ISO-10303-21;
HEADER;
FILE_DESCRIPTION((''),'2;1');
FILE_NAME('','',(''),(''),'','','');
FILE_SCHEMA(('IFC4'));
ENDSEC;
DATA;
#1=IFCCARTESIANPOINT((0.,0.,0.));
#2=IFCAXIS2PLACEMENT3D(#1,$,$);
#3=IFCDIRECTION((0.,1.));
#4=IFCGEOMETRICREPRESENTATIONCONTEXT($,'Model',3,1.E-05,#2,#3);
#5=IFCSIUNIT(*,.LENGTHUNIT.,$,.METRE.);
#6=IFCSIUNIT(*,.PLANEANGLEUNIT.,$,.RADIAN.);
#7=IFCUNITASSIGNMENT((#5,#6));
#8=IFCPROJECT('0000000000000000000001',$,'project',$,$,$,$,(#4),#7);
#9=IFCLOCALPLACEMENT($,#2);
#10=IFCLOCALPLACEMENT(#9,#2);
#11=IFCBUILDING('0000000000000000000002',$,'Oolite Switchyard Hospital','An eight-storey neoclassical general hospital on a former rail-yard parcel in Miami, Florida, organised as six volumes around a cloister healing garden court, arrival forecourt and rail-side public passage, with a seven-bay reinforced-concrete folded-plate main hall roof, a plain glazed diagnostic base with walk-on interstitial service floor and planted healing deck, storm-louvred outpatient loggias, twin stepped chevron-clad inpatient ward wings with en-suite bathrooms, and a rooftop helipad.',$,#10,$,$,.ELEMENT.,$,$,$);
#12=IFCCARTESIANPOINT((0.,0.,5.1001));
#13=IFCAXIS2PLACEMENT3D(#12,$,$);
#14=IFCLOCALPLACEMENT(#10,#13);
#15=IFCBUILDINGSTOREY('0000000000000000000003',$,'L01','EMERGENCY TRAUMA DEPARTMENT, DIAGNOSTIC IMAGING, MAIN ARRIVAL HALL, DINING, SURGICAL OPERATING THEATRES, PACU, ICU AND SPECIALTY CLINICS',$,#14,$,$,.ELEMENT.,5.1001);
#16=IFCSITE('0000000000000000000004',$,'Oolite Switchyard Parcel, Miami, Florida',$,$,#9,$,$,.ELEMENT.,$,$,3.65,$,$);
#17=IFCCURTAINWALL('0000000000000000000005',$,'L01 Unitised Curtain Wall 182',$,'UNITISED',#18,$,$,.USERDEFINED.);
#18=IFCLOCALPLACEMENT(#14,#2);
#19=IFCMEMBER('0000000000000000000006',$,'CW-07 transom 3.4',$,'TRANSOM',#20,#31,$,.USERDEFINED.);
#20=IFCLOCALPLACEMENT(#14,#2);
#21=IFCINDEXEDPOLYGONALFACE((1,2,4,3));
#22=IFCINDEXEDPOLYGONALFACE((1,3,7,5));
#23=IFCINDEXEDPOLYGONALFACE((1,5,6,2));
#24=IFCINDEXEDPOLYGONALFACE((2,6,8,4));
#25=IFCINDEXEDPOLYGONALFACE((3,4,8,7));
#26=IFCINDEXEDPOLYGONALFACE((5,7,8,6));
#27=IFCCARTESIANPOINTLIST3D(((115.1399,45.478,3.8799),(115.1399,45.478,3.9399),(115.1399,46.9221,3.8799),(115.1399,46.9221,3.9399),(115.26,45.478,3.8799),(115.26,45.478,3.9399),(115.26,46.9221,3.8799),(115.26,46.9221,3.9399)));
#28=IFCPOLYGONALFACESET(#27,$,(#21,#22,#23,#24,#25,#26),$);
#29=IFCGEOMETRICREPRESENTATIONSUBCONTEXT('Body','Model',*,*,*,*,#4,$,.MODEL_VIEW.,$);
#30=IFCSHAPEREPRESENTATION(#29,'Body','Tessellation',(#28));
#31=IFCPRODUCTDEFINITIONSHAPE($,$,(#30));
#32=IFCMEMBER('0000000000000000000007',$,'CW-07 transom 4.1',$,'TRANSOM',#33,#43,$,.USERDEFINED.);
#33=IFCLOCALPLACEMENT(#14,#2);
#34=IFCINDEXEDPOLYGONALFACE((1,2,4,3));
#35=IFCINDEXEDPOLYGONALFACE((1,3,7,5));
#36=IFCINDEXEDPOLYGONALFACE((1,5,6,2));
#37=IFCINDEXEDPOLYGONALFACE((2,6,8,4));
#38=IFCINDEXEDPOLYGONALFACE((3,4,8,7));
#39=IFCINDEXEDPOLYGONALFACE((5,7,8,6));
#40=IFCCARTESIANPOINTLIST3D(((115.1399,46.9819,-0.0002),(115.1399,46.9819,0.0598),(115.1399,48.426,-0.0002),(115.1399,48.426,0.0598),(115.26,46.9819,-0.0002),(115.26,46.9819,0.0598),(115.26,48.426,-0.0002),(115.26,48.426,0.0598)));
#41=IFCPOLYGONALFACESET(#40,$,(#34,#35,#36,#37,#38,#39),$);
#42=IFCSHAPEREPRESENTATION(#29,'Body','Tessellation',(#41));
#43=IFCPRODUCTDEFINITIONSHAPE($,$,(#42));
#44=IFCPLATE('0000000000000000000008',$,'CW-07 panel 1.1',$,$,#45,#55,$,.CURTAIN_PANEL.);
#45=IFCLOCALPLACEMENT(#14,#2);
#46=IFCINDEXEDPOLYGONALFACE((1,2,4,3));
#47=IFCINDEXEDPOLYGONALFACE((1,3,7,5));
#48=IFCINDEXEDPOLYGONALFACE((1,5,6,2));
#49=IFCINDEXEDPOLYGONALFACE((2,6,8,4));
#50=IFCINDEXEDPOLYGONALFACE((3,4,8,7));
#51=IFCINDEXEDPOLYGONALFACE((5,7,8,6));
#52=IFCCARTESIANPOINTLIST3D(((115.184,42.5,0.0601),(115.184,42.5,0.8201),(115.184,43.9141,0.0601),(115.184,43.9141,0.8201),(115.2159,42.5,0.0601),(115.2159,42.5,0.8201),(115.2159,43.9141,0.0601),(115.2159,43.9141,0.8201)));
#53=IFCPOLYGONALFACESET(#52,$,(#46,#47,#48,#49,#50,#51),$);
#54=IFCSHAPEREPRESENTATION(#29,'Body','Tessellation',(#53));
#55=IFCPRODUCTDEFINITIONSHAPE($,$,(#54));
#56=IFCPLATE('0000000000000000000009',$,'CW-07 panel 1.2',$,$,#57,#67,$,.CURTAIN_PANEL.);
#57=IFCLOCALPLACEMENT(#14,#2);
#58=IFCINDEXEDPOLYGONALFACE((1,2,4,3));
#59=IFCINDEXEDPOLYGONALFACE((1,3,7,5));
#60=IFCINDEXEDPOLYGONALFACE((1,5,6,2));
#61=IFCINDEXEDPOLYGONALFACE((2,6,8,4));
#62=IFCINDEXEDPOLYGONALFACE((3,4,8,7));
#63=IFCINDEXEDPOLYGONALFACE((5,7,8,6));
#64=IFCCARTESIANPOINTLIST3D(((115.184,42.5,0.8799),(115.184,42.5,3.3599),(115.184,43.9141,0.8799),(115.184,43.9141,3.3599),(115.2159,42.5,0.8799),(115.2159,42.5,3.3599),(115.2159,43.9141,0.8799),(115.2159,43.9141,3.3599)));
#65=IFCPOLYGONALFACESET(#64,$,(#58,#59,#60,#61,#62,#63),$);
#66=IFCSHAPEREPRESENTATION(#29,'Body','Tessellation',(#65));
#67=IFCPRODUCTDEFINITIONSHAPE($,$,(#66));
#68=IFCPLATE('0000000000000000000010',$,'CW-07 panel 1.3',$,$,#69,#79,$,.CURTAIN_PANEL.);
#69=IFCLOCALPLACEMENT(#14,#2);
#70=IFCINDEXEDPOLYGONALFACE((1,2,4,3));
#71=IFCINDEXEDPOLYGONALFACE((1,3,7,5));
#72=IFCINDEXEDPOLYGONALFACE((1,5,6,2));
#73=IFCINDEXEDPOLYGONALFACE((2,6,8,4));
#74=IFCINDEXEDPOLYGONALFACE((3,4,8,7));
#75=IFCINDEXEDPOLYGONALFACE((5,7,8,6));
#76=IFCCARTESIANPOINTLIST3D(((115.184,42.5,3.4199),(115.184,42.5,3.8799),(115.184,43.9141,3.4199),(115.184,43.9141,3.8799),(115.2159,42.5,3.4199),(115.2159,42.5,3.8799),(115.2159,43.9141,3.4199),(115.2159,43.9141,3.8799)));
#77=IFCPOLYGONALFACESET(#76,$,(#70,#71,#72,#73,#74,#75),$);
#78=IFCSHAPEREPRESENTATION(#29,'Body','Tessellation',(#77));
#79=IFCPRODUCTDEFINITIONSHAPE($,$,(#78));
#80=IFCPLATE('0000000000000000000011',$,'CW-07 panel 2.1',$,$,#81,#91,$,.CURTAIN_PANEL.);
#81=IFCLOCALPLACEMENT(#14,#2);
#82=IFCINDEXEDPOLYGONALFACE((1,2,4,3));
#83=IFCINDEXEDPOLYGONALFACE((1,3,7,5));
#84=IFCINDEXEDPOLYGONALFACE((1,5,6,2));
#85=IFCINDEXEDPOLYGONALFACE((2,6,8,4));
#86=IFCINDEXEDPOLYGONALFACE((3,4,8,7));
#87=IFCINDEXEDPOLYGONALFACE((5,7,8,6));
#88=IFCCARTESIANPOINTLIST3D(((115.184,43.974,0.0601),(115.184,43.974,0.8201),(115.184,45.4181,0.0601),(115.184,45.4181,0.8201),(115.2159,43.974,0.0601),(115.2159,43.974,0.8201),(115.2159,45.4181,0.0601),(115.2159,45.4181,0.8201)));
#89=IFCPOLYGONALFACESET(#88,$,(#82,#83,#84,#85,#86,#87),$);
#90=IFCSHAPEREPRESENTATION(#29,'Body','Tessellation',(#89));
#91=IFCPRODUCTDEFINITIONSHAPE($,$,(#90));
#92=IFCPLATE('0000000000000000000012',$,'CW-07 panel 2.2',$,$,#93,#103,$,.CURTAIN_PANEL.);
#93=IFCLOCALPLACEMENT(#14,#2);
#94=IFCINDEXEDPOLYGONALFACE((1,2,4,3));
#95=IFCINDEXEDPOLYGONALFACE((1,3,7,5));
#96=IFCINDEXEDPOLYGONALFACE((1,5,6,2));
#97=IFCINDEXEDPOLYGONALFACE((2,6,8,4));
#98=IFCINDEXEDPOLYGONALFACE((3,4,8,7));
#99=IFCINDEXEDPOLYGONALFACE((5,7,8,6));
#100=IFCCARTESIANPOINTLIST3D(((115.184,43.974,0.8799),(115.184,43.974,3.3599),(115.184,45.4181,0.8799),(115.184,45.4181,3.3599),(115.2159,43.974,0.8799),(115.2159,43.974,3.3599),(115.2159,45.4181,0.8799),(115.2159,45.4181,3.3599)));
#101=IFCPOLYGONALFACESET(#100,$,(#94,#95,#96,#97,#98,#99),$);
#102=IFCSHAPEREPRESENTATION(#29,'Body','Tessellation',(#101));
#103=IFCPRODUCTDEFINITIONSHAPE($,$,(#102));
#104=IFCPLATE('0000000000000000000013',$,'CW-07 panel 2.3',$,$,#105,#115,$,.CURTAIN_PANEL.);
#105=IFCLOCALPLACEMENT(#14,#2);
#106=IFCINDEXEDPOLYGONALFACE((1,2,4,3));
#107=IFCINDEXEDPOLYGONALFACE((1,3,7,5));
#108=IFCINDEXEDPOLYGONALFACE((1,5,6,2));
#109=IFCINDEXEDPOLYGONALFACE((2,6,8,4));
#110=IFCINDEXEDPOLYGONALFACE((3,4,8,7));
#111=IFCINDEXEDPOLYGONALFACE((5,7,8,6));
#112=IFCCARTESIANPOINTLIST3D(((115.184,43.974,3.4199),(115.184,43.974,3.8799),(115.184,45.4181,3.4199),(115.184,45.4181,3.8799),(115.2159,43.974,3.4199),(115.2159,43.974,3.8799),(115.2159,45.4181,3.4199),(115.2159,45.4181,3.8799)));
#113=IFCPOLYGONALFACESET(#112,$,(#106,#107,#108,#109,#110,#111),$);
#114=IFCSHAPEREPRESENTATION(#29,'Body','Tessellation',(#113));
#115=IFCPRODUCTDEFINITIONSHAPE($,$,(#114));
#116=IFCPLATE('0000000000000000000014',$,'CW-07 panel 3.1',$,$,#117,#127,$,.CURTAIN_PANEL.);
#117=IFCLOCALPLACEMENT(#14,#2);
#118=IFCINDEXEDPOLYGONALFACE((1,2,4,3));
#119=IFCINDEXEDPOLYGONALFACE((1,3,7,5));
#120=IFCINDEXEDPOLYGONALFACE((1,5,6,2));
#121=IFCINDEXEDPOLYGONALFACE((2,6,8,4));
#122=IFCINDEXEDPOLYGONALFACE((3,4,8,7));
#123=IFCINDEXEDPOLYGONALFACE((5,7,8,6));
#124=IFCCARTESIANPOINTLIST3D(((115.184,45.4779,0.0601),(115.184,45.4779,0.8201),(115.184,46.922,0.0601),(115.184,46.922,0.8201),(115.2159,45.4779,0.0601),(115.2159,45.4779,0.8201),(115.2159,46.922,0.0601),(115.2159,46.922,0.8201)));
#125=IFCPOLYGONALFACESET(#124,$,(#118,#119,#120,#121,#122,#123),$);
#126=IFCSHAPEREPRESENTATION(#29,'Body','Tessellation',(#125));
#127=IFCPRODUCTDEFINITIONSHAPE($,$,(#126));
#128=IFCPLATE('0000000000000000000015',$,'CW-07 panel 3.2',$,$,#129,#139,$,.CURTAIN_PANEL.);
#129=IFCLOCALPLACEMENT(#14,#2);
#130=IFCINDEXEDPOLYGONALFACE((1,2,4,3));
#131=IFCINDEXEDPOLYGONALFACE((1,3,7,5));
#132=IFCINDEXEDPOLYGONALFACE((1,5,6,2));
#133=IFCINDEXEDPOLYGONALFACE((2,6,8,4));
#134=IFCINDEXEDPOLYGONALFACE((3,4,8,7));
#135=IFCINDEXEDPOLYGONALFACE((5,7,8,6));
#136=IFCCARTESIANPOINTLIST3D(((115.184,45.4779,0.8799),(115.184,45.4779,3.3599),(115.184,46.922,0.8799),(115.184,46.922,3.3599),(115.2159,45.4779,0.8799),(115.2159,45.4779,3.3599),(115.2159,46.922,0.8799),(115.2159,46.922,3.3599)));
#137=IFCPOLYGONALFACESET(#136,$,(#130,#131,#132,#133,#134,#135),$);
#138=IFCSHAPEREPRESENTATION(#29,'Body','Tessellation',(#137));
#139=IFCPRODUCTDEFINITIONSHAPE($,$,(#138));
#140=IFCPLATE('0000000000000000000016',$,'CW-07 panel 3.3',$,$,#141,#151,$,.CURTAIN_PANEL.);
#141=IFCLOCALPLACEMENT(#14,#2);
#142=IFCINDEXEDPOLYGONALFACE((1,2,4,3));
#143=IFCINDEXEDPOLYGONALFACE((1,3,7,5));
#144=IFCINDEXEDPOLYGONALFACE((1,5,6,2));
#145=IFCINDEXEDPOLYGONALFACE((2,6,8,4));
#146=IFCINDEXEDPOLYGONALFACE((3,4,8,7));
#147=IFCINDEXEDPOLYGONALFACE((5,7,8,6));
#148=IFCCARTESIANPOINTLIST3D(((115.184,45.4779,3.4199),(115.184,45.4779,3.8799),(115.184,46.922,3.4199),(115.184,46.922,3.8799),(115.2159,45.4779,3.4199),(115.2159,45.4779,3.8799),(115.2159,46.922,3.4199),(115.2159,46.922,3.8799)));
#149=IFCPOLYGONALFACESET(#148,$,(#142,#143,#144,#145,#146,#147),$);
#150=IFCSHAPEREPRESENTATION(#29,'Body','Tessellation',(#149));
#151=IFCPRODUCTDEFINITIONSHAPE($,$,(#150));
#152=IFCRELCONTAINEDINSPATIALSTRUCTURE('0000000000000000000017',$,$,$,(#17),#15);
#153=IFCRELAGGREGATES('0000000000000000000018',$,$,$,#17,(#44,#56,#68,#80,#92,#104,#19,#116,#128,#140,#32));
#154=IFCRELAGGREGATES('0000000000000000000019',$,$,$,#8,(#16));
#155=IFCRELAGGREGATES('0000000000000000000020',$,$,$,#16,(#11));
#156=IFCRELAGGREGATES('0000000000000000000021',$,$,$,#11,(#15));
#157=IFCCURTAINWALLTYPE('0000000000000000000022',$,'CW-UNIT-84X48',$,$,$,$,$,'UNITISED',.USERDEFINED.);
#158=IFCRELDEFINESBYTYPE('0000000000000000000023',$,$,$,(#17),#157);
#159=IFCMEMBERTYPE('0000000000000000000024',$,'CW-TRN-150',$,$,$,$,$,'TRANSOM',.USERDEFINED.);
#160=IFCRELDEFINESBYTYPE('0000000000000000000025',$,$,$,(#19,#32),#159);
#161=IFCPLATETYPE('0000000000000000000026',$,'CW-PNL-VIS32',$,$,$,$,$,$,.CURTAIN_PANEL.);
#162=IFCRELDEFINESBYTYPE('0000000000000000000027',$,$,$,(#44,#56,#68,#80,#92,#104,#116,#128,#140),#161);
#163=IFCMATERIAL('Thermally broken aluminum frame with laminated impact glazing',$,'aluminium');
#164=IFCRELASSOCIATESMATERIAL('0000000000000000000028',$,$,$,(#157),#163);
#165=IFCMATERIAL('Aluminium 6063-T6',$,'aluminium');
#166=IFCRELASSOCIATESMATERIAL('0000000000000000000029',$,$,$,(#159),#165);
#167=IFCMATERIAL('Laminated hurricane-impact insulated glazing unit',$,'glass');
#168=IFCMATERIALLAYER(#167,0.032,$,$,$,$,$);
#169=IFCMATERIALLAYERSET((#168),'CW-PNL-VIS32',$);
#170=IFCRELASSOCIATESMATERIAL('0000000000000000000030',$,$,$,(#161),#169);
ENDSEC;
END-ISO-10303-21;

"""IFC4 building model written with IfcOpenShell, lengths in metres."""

from ifc_helpers import new_model, si_unit, direction, frame, origin, origin_2d, place, context, subcontext, project, spatial, rectangle, extrude, material, layer, layer_set, material_profile, profile_set, type_object, element, aggregate, save


model = new_model("IFC4")

# Units and contexts
model_context = context("Model", 3, precision=1e-05, world=origin(), true_north=direction((0.0, 1.0)))
body_context = subcontext(model_context, "Body", "Model", "MODEL_VIEW")
ifc_project = project(units=[si_unit("LENGTHUNIT", "METRE"), si_unit("PLANEANGLEUNIT", "RADIAN")], contexts=[model_context])

# Site, building, storey
site_placement = place(None, origin())
site = spatial("IfcSite", under=ifc_project, at=site_placement, Name="Oolite Switchyard Parcel, Miami, Florida", CompositionType="ELEMENT", RefElevation=3.65)
building_placement = place(site_placement, origin())
building = spatial("IfcBuilding", under=site, at=building_placement, Name="Oolite Switchyard Hospital", Description="An eight-storey neoclassical general hospital on a former rail-yard parcel in Miami, Florida, organised as six volumes around a cloister healing garden court, arrival forecourt and rail-side public passage, with a seven-bay reinforced-concrete folded-plate main hall roof, a plain glazed diagnostic base with walk-on interstitial service floor and planted healing deck, storm-louvred outpatient loggias, twin stepped chevron-clad inpatient ward wings with en-suite bathrooms, and a rooftop helipad.", CompositionType="ELEMENT")
storey_placement = place(building_placement, frame((0.0, 0.0, 5.1001)))
storey = spatial("IfcBuildingStorey", under=building, at=storey_placement, Name="L01", Description="EMERGENCY TRAUMA DEPARTMENT, DIAGNOSTIC IMAGING, MAIN ARRIVAL HALL, DINING, SURGICAL OPERATING THEATRES, PACU, ICU AND SPECIALTY CLINICS", CompositionType="ELEMENT", Elevation=5.1001)

# Curtain wall, members, plates
ifc_material_1 = material(Name="Thermally broken aluminum frame with laminated impact glazing", Category="aluminium")
curtain_wall_type = type_object("IfcCurtainWallType", Name="CW-UNIT-84X48", ElementType="UNITISED", PredefinedType="USERDEFINED", material=ifc_material_1)
curtain_wall_placement = place(storey_placement, origin())
curtain_wall = element("IfcCurtainWall", 1, at=curtain_wall_placement, inside=storey, type_object=curtain_wall_type, Name="L01 Unitised Curtain Wall 182", ObjectType="UNITISED", PredefinedType="USERDEFINED")
ifc_material_2 = material(Name="Aluminium 6063-T6", Category="aluminium")
ifc_material_profile_1 = material_profile(ifc_material_2, rectangle(XDim=0.1201, YDim=0.0601, at=origin_2d()), Name="CWT60X120")
ifc_profile_set_1 = profile_set([ifc_material_profile_1], Name="Aluminium 6063-T6")
member_type_1 = type_object("IfcMemberType", Name="CW-TRN-150", ElementType="TRANSOM", PredefinedType="USERDEFINED", material=ifc_profile_set_1)
member_1_placement = place(storey_placement, frame((115.2, 45.478, 3.9099), z_axis=(0.0, 1.0, 0.0), x_axis=(-1.0, 0.0, 0.0)))
member_1 = element("IfcMember", 2, at=member_1_placement, type_object=member_type_1, Name="CW-07 transom 3.4", ObjectType="TRANSOM", PredefinedType="USERDEFINED", context=body_context, shape_type="SweptSolid", body=[
    extrude(rectangle(XDim=0.1201, YDim=0.0601, at=origin_2d()), origin(), (0.0, 0.0, 1.0), 1.4441),
])
member_2_placement = place(storey_placement, frame((115.2, 46.9819, 0.0298), z_axis=(0.0, 1.0, 0.0), x_axis=(-1.0, 0.0, 0.0)))
member_2 = element("IfcMember", 3, at=member_2_placement, type_object=member_type_1, Name="CW-07 transom 4.1", ObjectType="TRANSOM", PredefinedType="USERDEFINED", context=body_context, shape_type="SweptSolid", body=[
    extrude(rectangle(XDim=0.1201, YDim=0.0601, at=origin_2d()), origin(), (0.0, 0.0, 1.0), 1.4441),
])
ifc_material_3 = material(Name="Laminated hurricane-impact insulated glazing unit", Category="glass")
ifc_layer = layer(ifc_material_3, 0.032)
ifc_layer_set = layer_set([ifc_layer], Name="CW-PNL-VIS32")
plate_type = type_object("IfcPlateType", Name="CW-PNL-VIS32", PredefinedType="CURTAIN_PANEL", material=ifc_layer_set)
plate_1_placement = place(storey_placement, frame((115.2, 43.207, 0.0601), z_axis=(0.0, 0.0, 1.0), x_axis=(0.0, 1.0, 0.0)))
plate_1 = element("IfcPlate", 4, at=plate_1_placement, type_object=plate_type, Name="CW-07 panel 1.1", PredefinedType="CURTAIN_PANEL", context=body_context, shape_type="SweptSolid", body=[
    extrude(rectangle(XDim=1.4141, YDim=0.032, at=origin_2d()), origin(), (0.0, 0.0, 1.0), 0.76),
])
plate_2_placement = place(storey_placement, frame((115.2, 43.207, 0.8799), z_axis=(0.0, 0.0, 1.0), x_axis=(0.0, 1.0, 0.0)))
plate_2 = element("IfcPlate", 5, at=plate_2_placement, type_object=plate_type, Name="CW-07 panel 1.2", PredefinedType="CURTAIN_PANEL", context=body_context, shape_type="SweptSolid", body=[
    extrude(rectangle(XDim=1.4141, YDim=0.032, at=origin_2d()), origin(), (0.0, 0.0, 1.0), 2.48),
])
plate_3_placement = place(storey_placement, frame((115.2, 43.207, 3.4199), z_axis=(0.0, 0.0, 1.0), x_axis=(0.0, 1.0, 0.0)))
plate_3 = element("IfcPlate", 6, at=plate_3_placement, type_object=plate_type, Name="CW-07 panel 1.3", PredefinedType="CURTAIN_PANEL", context=body_context, shape_type="SweptSolid", body=[
    extrude(rectangle(XDim=1.4141, YDim=0.032, at=origin_2d()), origin(), (0.0, 0.0, 1.0), 0.46),
])
plate_4_placement = place(storey_placement, frame((115.2, 44.696, 0.0601), z_axis=(0.0, 0.0, 1.0), x_axis=(0.0, 1.0, 0.0)))
plate_4 = element("IfcPlate", 7, at=plate_4_placement, type_object=plate_type, Name="CW-07 panel 2.1", PredefinedType="CURTAIN_PANEL", context=body_context, shape_type="SweptSolid", body=[
    extrude(rectangle(XDim=1.4441, YDim=0.032, at=origin_2d()), origin(), (0.0, 0.0, 1.0), 0.76),
])
plate_5_placement = place(storey_placement, frame((115.2, 44.696, 0.8799), z_axis=(0.0, 0.0, 1.0), x_axis=(0.0, 1.0, 0.0)))
plate_5 = element("IfcPlate", 8, at=plate_5_placement, type_object=plate_type, Name="CW-07 panel 2.2", PredefinedType="CURTAIN_PANEL", context=body_context, shape_type="SweptSolid", body=[
    extrude(rectangle(XDim=1.4441, YDim=0.032, at=origin_2d()), origin(), (0.0, 0.0, 1.0), 2.48),
])
plate_6_placement = place(storey_placement, frame((115.2, 44.696, 3.4199), z_axis=(0.0, 0.0, 1.0), x_axis=(0.0, 1.0, 0.0)))
plate_6 = element("IfcPlate", 9, at=plate_6_placement, type_object=plate_type, Name="CW-07 panel 2.3", PredefinedType="CURTAIN_PANEL", context=body_context, shape_type="SweptSolid", body=[
    extrude(rectangle(XDim=1.4441, YDim=0.032, at=origin_2d()), origin(), (0.0, 0.0, 1.0), 0.46),
])
plate_7_placement = place(storey_placement, frame((115.2, 46.2, 0.0601), z_axis=(0.0, 0.0, 1.0), x_axis=(0.0, 1.0, 0.0)))
plate_7 = element("IfcPlate", 10, at=plate_7_placement, type_object=plate_type, Name="CW-07 panel 3.1", PredefinedType="CURTAIN_PANEL", context=body_context, shape_type="SweptSolid", body=[
    extrude(rectangle(XDim=1.4441, YDim=0.032, at=origin_2d()), origin(), (0.0, 0.0, 1.0), 0.76),
])
plate_8_placement = place(storey_placement, frame((115.2, 46.2, 0.8799), z_axis=(0.0, 0.0, 1.0), x_axis=(0.0, 1.0, 0.0)))
plate_8 = element("IfcPlate", 11, at=plate_8_placement, type_object=plate_type, Name="CW-07 panel 3.2", PredefinedType="CURTAIN_PANEL", context=body_context, shape_type="SweptSolid", body=[
    extrude(rectangle(XDim=1.4441, YDim=0.032, at=origin_2d()), origin(), (0.0, 0.0, 1.0), 2.48),
])
plate_9_placement = place(storey_placement, frame((115.2, 46.2, 3.4199), z_axis=(0.0, 0.0, 1.0), x_axis=(0.0, 1.0, 0.0)))
plate_9 = element("IfcPlate", 12, at=plate_9_placement, type_object=plate_type, Name="CW-07 panel 3.3", PredefinedType="CURTAIN_PANEL", context=body_context, shape_type="SweptSolid", body=[
    extrude(rectangle(XDim=1.4441, YDim=0.032, at=origin_2d()), origin(), (0.0, 0.0, 1.0), 0.46),
])
aggregate(curtain_wall, [plate_1, plate_2, plate_3, plate_4, plate_5, plate_6, member_1, plate_7, plate_8, plate_9, member_2])

save(model, "model.ifc")
